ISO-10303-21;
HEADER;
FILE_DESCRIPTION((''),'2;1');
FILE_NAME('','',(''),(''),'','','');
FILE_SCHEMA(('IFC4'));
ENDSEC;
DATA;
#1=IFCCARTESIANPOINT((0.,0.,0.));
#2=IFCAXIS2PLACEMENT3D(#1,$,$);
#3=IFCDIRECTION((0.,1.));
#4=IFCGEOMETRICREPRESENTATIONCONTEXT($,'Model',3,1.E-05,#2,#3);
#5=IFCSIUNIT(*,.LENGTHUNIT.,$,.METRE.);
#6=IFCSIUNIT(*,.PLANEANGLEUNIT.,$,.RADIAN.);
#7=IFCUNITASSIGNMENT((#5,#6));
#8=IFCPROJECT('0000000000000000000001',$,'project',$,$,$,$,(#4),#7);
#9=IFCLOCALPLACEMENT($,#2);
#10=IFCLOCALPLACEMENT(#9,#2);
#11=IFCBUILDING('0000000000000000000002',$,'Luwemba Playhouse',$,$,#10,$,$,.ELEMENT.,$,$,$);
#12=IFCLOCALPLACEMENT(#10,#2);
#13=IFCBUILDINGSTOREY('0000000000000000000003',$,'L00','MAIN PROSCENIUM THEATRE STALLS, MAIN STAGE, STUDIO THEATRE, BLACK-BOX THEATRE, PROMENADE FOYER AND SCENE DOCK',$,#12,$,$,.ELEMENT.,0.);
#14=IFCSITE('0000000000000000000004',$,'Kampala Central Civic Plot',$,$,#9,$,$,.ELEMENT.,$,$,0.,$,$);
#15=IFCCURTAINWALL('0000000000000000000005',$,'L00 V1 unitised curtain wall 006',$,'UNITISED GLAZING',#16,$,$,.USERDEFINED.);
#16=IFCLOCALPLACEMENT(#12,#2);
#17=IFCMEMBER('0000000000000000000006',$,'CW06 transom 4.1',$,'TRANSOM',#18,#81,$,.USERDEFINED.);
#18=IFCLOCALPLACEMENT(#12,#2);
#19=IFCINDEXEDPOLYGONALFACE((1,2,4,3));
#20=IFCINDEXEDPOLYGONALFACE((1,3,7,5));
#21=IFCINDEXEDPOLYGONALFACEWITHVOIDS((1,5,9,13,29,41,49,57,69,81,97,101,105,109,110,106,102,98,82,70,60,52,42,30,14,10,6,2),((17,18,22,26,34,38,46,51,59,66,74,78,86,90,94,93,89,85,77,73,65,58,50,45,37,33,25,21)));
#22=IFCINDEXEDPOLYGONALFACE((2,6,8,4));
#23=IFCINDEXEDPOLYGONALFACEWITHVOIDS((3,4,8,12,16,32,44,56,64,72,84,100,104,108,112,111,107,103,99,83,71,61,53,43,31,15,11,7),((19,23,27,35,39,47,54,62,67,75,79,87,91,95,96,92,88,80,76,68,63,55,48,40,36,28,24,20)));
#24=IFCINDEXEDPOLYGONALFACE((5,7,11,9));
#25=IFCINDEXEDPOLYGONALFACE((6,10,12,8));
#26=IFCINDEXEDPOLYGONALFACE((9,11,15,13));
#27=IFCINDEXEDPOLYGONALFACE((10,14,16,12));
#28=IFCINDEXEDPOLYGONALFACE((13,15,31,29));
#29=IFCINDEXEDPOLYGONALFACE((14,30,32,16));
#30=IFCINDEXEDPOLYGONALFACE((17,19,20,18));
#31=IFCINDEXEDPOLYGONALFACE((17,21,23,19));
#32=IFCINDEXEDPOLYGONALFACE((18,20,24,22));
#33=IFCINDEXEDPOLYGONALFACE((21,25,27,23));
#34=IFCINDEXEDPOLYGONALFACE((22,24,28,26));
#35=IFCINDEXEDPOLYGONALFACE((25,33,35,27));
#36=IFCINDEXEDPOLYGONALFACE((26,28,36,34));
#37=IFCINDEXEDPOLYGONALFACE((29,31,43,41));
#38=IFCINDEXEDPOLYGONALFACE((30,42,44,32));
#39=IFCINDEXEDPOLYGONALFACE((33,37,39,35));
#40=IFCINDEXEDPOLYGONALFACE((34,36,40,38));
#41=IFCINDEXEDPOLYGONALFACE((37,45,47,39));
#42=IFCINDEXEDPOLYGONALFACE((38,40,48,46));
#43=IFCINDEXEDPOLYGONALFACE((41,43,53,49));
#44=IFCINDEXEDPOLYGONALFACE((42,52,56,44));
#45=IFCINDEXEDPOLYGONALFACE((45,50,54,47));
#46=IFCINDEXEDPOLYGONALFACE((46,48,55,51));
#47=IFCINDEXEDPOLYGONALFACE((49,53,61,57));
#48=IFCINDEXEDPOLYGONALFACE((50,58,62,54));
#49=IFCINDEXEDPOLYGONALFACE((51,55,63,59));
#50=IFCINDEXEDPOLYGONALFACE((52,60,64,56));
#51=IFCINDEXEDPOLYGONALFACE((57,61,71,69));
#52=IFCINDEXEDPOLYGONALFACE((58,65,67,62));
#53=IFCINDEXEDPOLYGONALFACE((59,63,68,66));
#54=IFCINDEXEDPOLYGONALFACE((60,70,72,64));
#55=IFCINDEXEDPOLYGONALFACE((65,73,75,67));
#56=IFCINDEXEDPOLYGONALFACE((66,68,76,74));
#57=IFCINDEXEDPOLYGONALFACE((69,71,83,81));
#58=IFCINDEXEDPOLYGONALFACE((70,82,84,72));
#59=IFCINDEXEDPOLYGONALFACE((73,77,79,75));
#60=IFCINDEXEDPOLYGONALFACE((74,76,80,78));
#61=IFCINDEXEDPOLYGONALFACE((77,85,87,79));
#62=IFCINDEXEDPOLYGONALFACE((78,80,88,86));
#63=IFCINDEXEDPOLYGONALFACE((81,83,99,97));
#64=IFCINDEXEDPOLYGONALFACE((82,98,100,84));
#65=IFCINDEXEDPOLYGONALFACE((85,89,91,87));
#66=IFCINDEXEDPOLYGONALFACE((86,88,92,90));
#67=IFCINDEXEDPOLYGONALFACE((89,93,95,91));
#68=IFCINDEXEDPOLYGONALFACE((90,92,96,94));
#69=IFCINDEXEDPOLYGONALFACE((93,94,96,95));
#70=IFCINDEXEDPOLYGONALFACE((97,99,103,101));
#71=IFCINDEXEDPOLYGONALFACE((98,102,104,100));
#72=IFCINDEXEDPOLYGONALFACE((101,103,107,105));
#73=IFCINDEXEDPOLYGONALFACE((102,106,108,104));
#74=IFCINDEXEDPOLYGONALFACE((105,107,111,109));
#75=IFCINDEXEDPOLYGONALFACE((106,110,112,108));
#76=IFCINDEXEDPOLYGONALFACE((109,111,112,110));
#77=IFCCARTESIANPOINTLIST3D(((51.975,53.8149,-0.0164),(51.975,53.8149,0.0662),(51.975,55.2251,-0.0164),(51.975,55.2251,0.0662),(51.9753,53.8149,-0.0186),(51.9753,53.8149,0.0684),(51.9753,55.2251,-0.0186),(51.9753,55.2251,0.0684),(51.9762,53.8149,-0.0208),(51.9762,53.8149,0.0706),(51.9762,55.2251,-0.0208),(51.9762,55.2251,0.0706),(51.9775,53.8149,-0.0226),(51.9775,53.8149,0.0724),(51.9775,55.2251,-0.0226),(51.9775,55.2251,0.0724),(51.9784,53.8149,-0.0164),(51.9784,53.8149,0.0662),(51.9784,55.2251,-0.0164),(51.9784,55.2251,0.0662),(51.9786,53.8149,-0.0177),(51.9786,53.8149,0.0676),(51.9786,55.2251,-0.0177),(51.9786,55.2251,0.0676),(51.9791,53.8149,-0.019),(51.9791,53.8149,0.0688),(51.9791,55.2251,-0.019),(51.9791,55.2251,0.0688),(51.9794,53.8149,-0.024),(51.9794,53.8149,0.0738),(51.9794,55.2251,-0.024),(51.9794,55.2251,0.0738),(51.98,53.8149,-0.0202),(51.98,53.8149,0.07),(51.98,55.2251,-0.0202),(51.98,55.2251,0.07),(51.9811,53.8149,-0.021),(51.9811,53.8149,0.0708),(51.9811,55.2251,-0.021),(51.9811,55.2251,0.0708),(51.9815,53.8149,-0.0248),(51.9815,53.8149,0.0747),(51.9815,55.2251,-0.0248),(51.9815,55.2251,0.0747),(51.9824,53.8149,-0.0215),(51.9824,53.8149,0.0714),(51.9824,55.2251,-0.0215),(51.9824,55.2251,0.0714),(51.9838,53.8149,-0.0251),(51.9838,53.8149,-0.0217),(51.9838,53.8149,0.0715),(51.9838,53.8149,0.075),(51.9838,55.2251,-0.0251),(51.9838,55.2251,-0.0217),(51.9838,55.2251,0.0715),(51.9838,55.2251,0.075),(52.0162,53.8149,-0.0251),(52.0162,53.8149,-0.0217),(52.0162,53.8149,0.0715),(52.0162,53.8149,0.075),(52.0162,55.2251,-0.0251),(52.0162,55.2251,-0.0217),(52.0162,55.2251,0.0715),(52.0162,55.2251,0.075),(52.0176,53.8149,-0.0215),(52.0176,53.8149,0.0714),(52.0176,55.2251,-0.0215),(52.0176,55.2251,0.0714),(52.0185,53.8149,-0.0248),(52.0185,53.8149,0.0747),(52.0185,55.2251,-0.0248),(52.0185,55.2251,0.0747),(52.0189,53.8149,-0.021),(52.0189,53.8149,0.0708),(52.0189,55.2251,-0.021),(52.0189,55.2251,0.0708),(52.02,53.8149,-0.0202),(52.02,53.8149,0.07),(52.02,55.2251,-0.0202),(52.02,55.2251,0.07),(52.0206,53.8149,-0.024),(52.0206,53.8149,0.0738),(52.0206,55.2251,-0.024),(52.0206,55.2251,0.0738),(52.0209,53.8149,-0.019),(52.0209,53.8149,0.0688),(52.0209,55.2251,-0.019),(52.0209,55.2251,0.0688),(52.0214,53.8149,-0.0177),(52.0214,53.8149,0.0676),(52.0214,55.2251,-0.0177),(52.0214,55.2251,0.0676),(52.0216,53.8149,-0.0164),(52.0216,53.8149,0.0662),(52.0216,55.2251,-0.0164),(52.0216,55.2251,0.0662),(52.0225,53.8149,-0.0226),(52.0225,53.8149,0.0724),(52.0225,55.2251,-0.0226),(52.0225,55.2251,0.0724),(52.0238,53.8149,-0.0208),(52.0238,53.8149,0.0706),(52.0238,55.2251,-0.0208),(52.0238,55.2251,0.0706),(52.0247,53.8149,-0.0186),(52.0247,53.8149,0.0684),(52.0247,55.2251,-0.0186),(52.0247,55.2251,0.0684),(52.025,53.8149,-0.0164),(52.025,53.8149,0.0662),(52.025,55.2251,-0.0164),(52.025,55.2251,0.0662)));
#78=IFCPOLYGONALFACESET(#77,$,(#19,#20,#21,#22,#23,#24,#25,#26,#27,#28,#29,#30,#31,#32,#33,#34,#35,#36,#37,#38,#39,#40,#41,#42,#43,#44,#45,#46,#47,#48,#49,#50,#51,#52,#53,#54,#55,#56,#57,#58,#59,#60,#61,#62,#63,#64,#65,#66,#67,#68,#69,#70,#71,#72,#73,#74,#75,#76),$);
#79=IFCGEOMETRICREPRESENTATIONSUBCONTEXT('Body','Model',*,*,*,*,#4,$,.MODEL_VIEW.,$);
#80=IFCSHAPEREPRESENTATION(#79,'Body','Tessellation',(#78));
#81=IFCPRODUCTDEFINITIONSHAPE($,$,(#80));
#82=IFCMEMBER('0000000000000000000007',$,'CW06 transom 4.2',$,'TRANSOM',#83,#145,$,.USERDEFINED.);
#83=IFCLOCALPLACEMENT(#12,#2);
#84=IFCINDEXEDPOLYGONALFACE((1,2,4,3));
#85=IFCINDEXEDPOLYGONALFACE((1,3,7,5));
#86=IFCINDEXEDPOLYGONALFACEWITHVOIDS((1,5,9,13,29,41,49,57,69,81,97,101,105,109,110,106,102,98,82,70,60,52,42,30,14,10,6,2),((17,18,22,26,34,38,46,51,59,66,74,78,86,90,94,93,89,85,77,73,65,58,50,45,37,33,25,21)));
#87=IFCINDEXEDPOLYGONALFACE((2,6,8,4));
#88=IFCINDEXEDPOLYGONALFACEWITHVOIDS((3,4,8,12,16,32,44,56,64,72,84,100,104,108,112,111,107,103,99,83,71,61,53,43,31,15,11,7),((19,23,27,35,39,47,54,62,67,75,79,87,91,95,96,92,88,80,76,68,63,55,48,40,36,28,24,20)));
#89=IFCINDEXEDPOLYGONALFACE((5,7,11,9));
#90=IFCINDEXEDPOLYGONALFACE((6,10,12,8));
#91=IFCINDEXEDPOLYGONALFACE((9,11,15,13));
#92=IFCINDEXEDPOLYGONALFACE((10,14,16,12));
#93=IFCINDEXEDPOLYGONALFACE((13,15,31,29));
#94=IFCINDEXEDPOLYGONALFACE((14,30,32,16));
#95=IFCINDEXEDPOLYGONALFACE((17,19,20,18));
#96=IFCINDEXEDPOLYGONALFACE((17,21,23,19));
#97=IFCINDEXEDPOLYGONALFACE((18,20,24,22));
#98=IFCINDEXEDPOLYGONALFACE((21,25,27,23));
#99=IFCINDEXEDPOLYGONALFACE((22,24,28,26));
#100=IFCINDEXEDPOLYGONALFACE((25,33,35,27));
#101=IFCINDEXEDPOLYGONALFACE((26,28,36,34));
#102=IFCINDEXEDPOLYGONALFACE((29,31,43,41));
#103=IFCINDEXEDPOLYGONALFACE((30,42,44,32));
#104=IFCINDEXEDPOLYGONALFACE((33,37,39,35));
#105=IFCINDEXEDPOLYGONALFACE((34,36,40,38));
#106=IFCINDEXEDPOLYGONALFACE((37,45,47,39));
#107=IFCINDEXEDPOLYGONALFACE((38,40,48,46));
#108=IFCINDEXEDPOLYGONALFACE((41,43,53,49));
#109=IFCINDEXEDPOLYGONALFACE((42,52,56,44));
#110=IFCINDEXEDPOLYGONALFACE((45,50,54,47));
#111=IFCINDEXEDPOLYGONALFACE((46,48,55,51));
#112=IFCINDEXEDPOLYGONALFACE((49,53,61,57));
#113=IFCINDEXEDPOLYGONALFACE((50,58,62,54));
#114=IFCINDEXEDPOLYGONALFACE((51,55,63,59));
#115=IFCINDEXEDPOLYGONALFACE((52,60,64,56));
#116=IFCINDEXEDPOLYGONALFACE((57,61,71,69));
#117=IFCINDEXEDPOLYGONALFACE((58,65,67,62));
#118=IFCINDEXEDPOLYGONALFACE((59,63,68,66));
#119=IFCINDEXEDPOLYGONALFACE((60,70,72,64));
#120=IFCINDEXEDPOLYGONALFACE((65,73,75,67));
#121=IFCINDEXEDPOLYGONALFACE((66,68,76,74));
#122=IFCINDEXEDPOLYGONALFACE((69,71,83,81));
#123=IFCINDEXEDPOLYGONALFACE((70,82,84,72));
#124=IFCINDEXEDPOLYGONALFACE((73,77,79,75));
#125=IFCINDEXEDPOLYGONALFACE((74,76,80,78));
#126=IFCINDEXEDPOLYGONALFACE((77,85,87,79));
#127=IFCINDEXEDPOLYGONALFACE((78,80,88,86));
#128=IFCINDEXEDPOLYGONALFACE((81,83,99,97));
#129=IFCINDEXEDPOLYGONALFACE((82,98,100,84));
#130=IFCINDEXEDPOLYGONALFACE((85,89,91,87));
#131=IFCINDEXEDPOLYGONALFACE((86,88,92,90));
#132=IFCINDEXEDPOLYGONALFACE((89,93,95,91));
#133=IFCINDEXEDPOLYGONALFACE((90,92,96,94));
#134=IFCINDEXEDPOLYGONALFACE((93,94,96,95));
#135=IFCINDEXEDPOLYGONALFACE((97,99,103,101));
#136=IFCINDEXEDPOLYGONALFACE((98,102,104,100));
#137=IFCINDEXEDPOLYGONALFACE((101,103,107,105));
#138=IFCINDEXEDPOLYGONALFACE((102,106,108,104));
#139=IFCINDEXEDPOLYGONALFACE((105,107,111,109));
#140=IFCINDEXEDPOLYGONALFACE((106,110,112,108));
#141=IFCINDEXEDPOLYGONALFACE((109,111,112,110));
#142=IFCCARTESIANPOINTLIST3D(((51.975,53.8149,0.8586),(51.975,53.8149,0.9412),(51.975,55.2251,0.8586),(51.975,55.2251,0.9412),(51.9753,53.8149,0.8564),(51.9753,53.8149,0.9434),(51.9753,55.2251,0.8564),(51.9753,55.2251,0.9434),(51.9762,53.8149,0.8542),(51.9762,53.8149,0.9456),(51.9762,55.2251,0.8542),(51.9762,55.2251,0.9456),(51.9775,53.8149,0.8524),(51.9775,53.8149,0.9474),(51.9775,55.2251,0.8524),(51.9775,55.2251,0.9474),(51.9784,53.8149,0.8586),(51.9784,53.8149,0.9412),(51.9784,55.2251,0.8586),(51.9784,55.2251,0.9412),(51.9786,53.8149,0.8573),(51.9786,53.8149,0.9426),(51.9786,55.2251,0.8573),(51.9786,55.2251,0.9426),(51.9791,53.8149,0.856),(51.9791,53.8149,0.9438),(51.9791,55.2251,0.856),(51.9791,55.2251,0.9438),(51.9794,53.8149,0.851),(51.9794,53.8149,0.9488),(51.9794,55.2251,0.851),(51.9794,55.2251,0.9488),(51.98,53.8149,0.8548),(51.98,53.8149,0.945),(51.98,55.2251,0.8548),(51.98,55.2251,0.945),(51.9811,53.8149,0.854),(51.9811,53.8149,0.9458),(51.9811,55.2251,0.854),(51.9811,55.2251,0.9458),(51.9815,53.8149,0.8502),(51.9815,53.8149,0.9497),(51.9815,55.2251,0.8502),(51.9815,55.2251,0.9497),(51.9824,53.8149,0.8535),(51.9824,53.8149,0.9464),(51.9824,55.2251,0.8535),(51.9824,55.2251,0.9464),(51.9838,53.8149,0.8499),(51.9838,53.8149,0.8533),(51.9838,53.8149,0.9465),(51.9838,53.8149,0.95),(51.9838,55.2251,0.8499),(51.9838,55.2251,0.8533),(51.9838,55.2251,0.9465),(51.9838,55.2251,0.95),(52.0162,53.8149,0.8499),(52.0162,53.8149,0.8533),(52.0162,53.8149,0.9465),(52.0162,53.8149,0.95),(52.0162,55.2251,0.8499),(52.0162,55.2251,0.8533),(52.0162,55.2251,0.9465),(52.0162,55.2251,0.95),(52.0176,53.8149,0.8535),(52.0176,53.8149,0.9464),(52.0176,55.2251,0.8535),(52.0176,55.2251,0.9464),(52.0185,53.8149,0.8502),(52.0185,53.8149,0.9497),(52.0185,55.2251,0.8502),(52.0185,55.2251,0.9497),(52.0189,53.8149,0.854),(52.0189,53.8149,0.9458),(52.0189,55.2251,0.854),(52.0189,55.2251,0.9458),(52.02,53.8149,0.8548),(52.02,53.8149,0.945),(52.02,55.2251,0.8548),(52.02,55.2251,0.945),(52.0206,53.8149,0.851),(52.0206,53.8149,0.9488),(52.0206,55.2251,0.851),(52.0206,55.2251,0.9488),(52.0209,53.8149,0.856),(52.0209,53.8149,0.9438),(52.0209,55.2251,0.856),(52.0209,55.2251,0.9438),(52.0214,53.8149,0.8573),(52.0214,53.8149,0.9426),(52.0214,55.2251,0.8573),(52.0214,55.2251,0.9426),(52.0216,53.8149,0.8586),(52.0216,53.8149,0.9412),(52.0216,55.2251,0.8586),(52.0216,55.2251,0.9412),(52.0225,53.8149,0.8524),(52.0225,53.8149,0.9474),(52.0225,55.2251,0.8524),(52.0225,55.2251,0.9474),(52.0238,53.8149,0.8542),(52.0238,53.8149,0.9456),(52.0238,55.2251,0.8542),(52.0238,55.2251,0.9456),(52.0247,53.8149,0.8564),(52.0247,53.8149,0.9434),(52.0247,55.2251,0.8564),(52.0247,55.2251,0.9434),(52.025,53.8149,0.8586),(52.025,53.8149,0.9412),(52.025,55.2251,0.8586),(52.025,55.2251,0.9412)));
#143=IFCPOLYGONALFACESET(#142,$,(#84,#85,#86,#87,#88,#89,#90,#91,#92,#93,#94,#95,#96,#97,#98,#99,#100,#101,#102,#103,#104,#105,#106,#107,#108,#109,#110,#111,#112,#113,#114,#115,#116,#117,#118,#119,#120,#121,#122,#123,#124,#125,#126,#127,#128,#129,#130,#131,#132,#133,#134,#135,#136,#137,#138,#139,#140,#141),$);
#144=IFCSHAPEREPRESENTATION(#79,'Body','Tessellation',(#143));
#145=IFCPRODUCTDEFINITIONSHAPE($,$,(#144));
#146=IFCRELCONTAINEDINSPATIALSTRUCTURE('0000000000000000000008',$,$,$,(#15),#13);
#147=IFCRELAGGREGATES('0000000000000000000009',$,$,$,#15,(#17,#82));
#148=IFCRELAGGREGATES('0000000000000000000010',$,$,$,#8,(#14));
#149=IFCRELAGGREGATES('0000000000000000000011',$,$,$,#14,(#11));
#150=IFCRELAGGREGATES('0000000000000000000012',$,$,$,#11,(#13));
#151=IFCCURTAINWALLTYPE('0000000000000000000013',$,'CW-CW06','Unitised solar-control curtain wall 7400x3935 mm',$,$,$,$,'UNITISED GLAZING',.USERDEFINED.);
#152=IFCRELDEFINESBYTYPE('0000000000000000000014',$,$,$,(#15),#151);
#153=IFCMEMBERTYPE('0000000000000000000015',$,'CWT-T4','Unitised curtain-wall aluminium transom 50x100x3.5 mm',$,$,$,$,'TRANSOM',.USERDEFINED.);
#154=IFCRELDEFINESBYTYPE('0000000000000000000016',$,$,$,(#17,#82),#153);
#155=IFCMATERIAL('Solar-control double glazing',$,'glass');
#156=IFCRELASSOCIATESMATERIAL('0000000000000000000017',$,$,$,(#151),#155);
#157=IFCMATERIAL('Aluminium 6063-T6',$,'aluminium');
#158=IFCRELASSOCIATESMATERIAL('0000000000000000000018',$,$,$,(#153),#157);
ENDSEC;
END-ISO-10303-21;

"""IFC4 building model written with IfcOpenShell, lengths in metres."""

from ifc_helpers import new_model, si_unit, direction, frame, origin, origin_2d, place, context, subcontext, project, spatial, hollow_rectangle, extrude, material, material_profile, profile_set, type_object, element, aggregate, save


model = new_model("IFC4")

# Units and contexts
model_context = context("Model", 3, precision=1e-05, world=origin(), true_north=direction((0.0, 1.0)))
body_context = subcontext(model_context, "Body", "Model", "MODEL_VIEW")
ifc_project = project(units=[si_unit("LENGTHUNIT", "METRE"), si_unit("PLANEANGLEUNIT", "RADIAN")], contexts=[model_context])

# Site, building, storey
site_placement = place(None, origin())
site = spatial("IfcSite", under=ifc_project, at=site_placement, Name="Kampala Central Civic Plot", CompositionType="ELEMENT", RefElevation=0.0)
building_placement = place(site_placement, origin())
building = spatial("IfcBuilding", under=site, at=building_placement, Name="Luwemba Playhouse", CompositionType="ELEMENT")
storey_placement = place(building_placement, origin())
storey = spatial("IfcBuildingStorey", under=building, at=storey_placement, Name="L00", Description="MAIN PROSCENIUM THEATRE STALLS, MAIN STAGE, STUDIO THEATRE, BLACK-BOX THEATRE, PROMENADE FOYER AND SCENE DOCK", CompositionType="ELEMENT", Elevation=0.0)

# Curtain wall, members
ifc_material_1 = material(Name="Solar-control double glazing", Category="glass")
curtain_wall_type = type_object("IfcCurtainWallType", Name="CW-CW06", Description="Unitised solar-control curtain wall 7400x3935 mm", ElementType="UNITISED GLAZING", PredefinedType="USERDEFINED", material=ifc_material_1)
curtain_wall_placement = place(storey_placement, origin())
curtain_wall = element("IfcCurtainWall", 1, at=curtain_wall_placement, inside=storey, type_object=curtain_wall_type, Name="L00 V1 unitised curtain wall 006", ObjectType="UNITISED GLAZING", PredefinedType="USERDEFINED")
ifc_material_2 = material(Name="Aluminium 6063-T6", Category="aluminium")
ifc_material_profile_1 = material_profile(ifc_material_2, hollow_rectangle(XDim=0.05, YDim=0.1001, WallThickness=0.0034, InnerFilletRadius=0.0054, OuterFilletRadius=0.0088, at=origin_2d()))
ifc_profile_set_1 = profile_set([ifc_material_profile_1], Name="Aluminium 6063-T6")
member_type_1 = type_object("IfcMemberType", Name="CWT-T4", Description="Unitised curtain-wall aluminium transom 50x100x3.5 mm", ElementType="TRANSOM", PredefinedType="USERDEFINED", material=ifc_profile_set_1)
member_1_placement = place(storey_placement, frame((52.0, 55.2251, 0.0249), z_axis=(0.0, -1.0, 0.0), x_axis=(1.0, 0.0, 0.0)))
member_1 = element("IfcMember", 2, at=member_1_placement, type_object=member_type_1, Name="CW06 transom 4.1", ObjectType="TRANSOM", PredefinedType="USERDEFINED", context=body_context, shape_type="SweptSolid", body=[
    extrude(hollow_rectangle(XDim=0.05, YDim=0.1001, WallThickness=0.0034, InnerFilletRadius=0.0054, OuterFilletRadius=0.0088, at=origin_2d()), origin(), (0.0, 0.0, 1.0), 1.4102),
])
member_2_placement = place(storey_placement, frame((52.0, 55.2251, 0.8999), z_axis=(0.0, -1.0, 0.0), x_axis=(1.0, 0.0, 0.0)))
member_2 = element("IfcMember", 3, at=member_2_placement, type_object=member_type_1, Name="CW06 transom 4.2", ObjectType="TRANSOM", PredefinedType="USERDEFINED", context=body_context, shape_type="SweptSolid", body=[
    extrude(hollow_rectangle(XDim=0.05, YDim=0.1001, WallThickness=0.0034, InnerFilletRadius=0.0054, OuterFilletRadius=0.0088, at=origin_2d()), origin(), (0.0, 0.0, 1.0), 1.4102),
])
aggregate(curtain_wall, [member_1, member_2])

save(model, "model.ifc")
